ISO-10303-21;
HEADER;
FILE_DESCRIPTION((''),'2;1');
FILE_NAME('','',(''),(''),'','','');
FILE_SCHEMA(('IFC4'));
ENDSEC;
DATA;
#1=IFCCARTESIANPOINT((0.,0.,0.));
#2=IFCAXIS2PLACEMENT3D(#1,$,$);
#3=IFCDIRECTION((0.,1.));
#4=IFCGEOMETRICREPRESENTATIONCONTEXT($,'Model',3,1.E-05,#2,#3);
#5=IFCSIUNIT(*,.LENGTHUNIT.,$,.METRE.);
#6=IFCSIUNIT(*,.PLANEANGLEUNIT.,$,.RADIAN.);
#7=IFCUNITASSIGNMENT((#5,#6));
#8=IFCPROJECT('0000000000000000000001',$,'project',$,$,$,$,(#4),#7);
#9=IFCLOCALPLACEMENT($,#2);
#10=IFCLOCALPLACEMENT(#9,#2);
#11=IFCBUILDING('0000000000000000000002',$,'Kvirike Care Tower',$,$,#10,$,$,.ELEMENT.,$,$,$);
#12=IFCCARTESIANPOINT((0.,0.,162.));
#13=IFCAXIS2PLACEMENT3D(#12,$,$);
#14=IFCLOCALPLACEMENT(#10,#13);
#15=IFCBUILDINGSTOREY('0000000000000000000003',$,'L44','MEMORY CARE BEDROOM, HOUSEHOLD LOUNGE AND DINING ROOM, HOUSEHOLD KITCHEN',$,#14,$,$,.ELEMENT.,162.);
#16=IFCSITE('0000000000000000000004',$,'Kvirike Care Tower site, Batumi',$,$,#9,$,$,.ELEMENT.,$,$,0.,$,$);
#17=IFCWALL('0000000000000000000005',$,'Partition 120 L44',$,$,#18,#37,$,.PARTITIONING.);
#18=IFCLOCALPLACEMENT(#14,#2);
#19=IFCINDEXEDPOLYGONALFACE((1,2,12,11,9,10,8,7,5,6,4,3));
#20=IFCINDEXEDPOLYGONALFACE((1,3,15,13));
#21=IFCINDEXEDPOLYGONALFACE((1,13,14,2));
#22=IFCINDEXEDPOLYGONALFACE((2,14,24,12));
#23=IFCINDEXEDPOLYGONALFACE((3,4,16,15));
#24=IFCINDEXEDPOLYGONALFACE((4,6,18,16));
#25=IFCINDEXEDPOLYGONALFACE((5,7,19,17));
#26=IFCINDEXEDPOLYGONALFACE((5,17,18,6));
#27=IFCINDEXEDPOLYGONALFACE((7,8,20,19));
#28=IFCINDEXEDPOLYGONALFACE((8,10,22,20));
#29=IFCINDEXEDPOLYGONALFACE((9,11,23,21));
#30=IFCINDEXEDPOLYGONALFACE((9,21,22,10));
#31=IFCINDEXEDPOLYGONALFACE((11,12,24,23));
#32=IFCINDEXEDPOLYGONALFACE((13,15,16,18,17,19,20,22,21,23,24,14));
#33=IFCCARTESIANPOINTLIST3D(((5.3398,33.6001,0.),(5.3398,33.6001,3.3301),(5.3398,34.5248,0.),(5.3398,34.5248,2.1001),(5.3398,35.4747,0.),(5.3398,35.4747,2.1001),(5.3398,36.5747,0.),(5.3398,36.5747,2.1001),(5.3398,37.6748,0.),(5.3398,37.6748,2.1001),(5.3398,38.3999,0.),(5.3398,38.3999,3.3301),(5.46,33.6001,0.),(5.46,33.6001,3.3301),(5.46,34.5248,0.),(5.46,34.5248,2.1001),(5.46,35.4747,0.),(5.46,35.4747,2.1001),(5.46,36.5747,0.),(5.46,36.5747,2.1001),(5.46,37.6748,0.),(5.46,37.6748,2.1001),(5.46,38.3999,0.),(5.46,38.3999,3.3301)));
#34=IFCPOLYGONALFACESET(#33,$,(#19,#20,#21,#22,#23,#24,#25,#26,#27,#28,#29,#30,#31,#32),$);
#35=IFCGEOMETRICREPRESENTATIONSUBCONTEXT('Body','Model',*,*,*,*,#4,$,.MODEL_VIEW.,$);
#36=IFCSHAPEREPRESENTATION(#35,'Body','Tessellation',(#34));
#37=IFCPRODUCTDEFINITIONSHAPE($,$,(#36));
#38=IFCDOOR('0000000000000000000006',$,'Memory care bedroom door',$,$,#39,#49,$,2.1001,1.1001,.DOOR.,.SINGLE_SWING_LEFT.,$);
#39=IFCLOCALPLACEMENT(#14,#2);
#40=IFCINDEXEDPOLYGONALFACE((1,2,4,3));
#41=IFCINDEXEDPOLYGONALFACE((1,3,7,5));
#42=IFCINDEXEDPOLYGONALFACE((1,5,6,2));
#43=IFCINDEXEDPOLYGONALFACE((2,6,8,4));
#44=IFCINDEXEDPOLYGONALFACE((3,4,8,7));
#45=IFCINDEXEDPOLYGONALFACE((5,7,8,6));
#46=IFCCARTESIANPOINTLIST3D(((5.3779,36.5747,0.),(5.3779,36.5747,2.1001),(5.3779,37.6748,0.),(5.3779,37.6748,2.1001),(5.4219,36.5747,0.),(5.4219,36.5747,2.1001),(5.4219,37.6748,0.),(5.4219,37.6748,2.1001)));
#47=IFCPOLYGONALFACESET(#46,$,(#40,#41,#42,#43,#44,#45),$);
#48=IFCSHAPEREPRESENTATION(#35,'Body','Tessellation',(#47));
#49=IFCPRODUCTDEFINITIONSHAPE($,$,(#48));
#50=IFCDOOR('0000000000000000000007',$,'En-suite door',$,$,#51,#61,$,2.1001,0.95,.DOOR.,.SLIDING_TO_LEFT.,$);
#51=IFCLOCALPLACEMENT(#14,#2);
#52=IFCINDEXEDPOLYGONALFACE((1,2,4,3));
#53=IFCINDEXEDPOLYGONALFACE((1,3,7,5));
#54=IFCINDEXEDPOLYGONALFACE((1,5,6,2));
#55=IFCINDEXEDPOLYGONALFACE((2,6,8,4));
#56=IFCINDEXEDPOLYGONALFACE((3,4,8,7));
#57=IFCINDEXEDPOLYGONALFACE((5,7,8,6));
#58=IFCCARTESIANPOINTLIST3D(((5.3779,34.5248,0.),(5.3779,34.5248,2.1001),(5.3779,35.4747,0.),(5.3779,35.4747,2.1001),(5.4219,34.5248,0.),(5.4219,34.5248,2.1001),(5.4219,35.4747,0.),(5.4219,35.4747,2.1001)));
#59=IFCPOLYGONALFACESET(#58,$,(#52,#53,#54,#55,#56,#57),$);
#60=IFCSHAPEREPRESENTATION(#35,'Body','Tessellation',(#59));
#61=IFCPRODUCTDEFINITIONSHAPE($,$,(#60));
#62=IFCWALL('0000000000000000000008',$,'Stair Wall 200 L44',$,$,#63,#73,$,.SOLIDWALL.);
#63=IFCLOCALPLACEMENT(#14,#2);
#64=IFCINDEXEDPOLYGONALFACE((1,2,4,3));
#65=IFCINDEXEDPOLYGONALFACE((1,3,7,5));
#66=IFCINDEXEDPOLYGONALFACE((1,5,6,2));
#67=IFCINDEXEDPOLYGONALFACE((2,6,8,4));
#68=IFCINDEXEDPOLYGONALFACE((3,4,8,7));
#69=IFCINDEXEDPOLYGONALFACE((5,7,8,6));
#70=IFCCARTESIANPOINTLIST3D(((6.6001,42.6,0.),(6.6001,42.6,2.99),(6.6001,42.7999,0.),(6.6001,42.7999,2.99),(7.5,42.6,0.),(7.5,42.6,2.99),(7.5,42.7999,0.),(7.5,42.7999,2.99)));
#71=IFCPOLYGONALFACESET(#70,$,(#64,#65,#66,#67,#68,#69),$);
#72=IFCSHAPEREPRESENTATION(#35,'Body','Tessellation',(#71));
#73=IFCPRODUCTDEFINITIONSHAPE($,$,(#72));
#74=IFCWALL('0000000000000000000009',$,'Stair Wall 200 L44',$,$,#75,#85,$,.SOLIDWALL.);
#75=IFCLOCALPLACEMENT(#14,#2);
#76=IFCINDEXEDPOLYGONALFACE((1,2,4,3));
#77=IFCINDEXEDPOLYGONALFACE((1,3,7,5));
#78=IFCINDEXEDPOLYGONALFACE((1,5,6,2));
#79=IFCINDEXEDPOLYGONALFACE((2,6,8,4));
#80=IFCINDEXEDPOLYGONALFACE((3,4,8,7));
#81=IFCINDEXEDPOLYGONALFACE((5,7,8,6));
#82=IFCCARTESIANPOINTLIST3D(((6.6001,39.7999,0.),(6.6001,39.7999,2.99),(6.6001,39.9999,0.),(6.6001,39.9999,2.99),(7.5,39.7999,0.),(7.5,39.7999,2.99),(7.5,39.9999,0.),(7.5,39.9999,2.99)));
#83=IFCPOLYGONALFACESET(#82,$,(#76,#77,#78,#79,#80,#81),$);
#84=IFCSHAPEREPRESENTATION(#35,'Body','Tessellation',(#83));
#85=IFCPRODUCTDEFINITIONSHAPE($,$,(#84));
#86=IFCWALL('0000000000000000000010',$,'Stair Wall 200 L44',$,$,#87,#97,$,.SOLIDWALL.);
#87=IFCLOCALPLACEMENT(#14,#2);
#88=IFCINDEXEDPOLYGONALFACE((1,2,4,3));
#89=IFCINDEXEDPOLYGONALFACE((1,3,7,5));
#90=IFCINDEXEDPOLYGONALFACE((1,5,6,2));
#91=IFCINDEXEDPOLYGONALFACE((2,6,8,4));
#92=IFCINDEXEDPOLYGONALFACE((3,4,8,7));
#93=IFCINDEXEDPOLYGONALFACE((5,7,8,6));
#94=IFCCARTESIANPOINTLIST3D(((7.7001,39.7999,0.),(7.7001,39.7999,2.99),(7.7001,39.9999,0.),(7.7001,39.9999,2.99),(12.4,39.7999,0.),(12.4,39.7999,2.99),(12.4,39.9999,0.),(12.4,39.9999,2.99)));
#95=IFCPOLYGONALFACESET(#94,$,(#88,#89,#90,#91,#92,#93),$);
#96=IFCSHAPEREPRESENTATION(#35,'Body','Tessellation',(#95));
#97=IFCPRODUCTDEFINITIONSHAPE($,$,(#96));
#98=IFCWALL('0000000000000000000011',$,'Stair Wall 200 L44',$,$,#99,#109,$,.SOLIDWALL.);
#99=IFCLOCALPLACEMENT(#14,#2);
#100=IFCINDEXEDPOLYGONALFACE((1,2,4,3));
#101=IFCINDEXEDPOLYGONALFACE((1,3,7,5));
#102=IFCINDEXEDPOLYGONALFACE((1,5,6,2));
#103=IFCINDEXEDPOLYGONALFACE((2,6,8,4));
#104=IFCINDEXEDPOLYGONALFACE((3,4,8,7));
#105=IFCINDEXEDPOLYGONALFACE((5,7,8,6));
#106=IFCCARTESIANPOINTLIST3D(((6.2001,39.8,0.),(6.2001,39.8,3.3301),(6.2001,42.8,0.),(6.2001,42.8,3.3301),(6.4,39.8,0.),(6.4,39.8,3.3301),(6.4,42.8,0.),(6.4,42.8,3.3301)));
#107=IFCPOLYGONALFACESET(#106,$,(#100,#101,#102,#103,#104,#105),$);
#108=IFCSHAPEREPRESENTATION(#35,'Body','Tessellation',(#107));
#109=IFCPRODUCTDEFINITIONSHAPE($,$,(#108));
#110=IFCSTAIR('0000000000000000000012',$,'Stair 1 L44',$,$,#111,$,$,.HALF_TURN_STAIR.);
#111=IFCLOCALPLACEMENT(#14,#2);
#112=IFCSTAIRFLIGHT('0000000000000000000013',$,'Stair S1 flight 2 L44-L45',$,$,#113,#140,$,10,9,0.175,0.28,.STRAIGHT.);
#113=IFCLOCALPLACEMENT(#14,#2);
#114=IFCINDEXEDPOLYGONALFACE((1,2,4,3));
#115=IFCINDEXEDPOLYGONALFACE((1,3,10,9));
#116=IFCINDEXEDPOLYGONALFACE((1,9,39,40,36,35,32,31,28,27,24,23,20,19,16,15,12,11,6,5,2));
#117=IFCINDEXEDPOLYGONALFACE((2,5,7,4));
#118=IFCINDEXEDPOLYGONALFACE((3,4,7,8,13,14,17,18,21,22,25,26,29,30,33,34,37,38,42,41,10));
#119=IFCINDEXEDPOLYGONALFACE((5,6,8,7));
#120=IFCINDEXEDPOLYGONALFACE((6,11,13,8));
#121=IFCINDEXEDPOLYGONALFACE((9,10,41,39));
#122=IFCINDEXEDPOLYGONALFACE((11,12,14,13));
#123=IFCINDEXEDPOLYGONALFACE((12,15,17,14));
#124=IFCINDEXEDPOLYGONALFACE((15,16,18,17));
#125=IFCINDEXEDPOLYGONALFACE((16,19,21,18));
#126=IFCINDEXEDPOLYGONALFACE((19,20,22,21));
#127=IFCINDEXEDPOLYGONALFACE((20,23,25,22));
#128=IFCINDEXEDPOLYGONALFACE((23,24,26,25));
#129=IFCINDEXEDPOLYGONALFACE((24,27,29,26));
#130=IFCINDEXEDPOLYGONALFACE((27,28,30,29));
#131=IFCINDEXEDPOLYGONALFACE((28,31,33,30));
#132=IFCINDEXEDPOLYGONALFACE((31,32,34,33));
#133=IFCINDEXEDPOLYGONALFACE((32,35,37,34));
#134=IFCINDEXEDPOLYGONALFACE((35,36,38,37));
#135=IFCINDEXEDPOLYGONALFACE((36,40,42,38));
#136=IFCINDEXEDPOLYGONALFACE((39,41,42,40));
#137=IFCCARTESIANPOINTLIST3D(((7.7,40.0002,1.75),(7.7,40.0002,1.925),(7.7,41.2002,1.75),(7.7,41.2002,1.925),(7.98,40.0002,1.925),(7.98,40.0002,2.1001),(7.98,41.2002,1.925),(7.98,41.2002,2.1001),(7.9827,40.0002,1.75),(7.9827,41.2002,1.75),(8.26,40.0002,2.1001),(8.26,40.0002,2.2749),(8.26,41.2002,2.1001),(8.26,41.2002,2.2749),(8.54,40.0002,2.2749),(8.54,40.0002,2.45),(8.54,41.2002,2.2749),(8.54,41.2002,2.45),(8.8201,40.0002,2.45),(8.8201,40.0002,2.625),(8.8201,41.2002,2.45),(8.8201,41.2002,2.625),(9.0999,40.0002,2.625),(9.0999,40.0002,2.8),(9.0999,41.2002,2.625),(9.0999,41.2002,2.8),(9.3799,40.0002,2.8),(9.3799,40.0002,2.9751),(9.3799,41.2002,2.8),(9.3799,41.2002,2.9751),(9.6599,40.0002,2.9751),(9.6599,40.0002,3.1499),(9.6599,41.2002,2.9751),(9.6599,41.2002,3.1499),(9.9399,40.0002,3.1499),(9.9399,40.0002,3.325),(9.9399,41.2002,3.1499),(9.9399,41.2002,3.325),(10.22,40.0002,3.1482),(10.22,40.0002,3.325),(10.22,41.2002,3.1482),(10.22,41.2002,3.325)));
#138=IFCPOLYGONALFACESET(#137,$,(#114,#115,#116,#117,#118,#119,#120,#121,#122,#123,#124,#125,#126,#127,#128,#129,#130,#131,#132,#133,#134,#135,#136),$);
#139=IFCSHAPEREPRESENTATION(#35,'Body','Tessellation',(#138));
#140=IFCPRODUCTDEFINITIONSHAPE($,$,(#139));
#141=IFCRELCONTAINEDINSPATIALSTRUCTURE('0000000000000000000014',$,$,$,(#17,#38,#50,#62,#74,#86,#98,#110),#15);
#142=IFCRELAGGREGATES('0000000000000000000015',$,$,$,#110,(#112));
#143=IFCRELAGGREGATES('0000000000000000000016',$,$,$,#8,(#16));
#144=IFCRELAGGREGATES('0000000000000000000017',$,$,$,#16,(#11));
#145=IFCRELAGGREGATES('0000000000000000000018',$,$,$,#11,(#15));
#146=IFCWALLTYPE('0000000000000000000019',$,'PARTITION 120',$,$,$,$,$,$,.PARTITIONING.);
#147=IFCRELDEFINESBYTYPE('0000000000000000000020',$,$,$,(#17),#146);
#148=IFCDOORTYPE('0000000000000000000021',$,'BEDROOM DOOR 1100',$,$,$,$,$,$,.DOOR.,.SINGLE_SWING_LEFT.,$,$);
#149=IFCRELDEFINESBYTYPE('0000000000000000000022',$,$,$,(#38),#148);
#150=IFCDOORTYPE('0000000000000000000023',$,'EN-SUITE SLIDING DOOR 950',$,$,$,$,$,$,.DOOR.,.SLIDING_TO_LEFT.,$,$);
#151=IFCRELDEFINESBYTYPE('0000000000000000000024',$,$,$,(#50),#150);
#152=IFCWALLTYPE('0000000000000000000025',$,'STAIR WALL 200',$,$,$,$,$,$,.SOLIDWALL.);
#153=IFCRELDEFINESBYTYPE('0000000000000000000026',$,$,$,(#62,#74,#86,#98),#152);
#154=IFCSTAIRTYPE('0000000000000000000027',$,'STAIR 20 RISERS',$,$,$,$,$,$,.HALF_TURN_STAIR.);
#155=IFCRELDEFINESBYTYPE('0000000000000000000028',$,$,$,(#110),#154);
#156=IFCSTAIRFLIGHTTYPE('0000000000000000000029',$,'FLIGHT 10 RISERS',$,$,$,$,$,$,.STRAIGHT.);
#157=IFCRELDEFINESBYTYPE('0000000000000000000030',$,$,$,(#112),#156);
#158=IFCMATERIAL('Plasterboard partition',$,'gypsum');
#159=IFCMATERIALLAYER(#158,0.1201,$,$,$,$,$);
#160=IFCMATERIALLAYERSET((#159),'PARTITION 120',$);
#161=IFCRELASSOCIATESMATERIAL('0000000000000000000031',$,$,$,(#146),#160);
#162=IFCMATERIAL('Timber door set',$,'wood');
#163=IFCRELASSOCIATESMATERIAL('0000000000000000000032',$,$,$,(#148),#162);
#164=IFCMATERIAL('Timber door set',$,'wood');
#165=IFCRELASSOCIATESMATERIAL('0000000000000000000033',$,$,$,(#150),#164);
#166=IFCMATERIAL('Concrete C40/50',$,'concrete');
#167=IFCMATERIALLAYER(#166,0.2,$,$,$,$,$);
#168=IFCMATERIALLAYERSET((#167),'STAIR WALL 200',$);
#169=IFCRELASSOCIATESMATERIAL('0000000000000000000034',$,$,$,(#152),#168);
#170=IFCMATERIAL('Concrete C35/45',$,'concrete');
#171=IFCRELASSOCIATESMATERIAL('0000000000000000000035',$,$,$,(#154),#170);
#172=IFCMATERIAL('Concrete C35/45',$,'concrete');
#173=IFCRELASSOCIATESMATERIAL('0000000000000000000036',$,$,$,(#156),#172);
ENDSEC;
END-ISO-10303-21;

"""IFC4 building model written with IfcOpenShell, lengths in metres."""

from ifc_helpers import new_model, si_unit, direction, frame, frame_2d, origin, place, context, subcontext, project, spatial, polyline, rectangle, outline, extrude, material, layer, layer_set, type_object, element, fill, aggregate, save


model = new_model("IFC4")

# Units and contexts
model_context = context("Model", 3, precision=1e-05, world=origin(), true_north=direction((0.0, 1.0)))
body_context = subcontext(model_context, "Body", "Model", "MODEL_VIEW")
ifc_project = project(units=[si_unit("LENGTHUNIT", "METRE"), si_unit("PLANEANGLEUNIT", "RADIAN")], contexts=[model_context])

# Site, building, storey
site_placement = place(None, origin())
site = spatial("IfcSite", under=ifc_project, at=site_placement, Name="Kvirike Care Tower site, Batumi", CompositionType="ELEMENT", RefElevation=0.0)
building_placement = place(site_placement, origin())
building = spatial("IfcBuilding", under=site, at=building_placement, Name="Kvirike Care Tower", CompositionType="ELEMENT")
storey_placement = place(building_placement, frame((0.0, 0.0, 162.0)))
storey = spatial("IfcBuildingStorey", under=building, at=storey_placement, Name="L44", Description="MEMORY CARE BEDROOM, HOUSEHOLD LOUNGE AND DINING ROOM, HOUSEHOLD KITCHEN", CompositionType="ELEMENT", Elevation=162.0)

# Wall, openings, doors
ifc_material_1 = material(Name="Plasterboard partition", Category="gypsum")
ifc_layer_1 = layer(ifc_material_1, 0.1201)
ifc_layer_set_1 = layer_set([ifc_layer_1], Name="PARTITION 120")
wall_type_1 = type_object("IfcWallType", Name="PARTITION 120", PredefinedType="PARTITIONING", material=ifc_layer_set_1)
wall_1_placement = place(storey_placement, frame((5.3999, 38.3999, 0.0), z_axis=(0.0, 0.0, 1.0), x_axis=(0.0, -1.0, 0.0)))
wall_1 = element("IfcWall", 1, at=wall_1_placement, inside=storey, type_object=wall_type_1, Name="Partition 120 L44", PredefinedType="PARTITIONING", context=body_context, shape_type="SweptSolid", body=[
    extrude(rectangle(XDim=4.7998, YDim=0.1201, at=frame_2d((2.3999, 0.0))), origin(), (0.0, 0.0, 1.0), 3.3301),
])
opening_1_placement = place(wall_1_placement, frame((0.7251, 0.0, 0.0)))
opening_1 = element("IfcOpeningElement", 2, at=opening_1_placement, cuts=wall_1, PredefinedType="OPENING", context=body_context, shape_type="SweptSolid", body=[
    extrude(rectangle(XDim=1.1001, YDim=2.1001, at=frame_2d((0.55, 1.05))), frame((0.0, 0.0706, 0.0), z_axis=(0.0, -1.0, 0.0), x_axis=(1.0, 0.0, 0.0)), (0.0, 0.0, 1.0), 0.1411),
])
opening_2_placement = place(wall_1_placement, frame((2.925, 0.0, 0.0)))
opening_2 = element("IfcOpeningElement", 3, at=opening_2_placement, cuts=wall_1, PredefinedType="OPENING", context=body_context, shape_type="SweptSolid", body=[
    extrude(rectangle(XDim=0.95, YDim=2.1001, at=frame_2d((0.4751, 1.05))), frame((0.0, 0.0706, 0.0), z_axis=(0.0, -1.0, 0.0), x_axis=(1.0, 0.0, 0.0)), (0.0, 0.0, 1.0), 0.1411),
])
ifc_material_2 = material(Name="Timber door set", Category="wood")
door_type_1 = type_object("IfcDoorType", Name="BEDROOM DOOR 1100", OperationType="SINGLE_SWING_LEFT", PredefinedType="DOOR", material=ifc_material_2)
door_1_placement = place(opening_1_placement, origin())
door_1 = element("IfcDoor", 4, at=door_1_placement, inside=storey, type_object=door_type_1, Name="Memory care bedroom door", OperationType="SINGLE_SWING_LEFT", OverallHeight=2.1001, OverallWidth=1.1001, PredefinedType="DOOR", context=body_context, shape_type="SweptSolid", body=[
    extrude(rectangle(XDim=1.1001, YDim=2.1001, at=frame_2d((0.55, 1.05))), frame((0.0, 0.022, 0.0), z_axis=(0.0, -1.0, 0.0), x_axis=(1.0, 0.0, 0.0)), (0.0, 0.0, 1.0), 0.0439),
])
fill(opening_1, door_1)
ifc_material_3 = material(Name="Timber door set", Category="wood")
door_type_2 = type_object("IfcDoorType", Name="EN-SUITE SLIDING DOOR 950", OperationType="SLIDING_TO_LEFT", PredefinedType="DOOR", material=ifc_material_3)
door_2_placement = place(opening_2_placement, origin())
door_2 = element("IfcDoor", 5, at=door_2_placement, inside=storey, type_object=door_type_2, Name="En-suite door", OperationType="SLIDING_TO_LEFT", OverallHeight=2.1001, OverallWidth=0.95, PredefinedType="DOOR", context=body_context, shape_type="SweptSolid", body=[
    extrude(rectangle(XDim=0.95, YDim=2.1001, at=frame_2d((0.4751, 1.05))), frame((0.0, 0.022, 0.0), z_axis=(0.0, -1.0, 0.0), x_axis=(1.0, 0.0, 0.0)), (0.0, 0.0, 1.0), 0.0439),
])
fill(opening_2, door_2)

# Walls
ifc_material_4 = material(Name="Concrete C40/50", Category="concrete")
ifc_layer_2 = layer(ifc_material_4, 0.2)
ifc_layer_set_2 = layer_set([ifc_layer_2], Name="STAIR WALL 200")
wall_type_2 = type_object("IfcWallType", Name="STAIR WALL 200", PredefinedType="SOLIDWALL", material=ifc_layer_set_2)
for number, where, z_axis, x_axis, name in (
    (6, (6.6001, 42.7, 0.0), (0.0, 0.0, 1.0), (1.0, 0.0, 0.0), "Stair Wall 200 L44"),
    (7, (6.6001, 39.8999, 0.0), (0.0, 0.0, 1.0), (1.0, 0.0, 0.0), "Stair Wall 200 L44"),
):
    element("IfcWall", number, at=place(storey_placement, frame(where, z_axis=z_axis, x_axis=x_axis)), inside=storey, type_object=wall_type_2, Name=name, PredefinedType="SOLIDWALL", context=body_context, shape_type="SweptSolid", body=[
        extrude(rectangle(XDim=0.8999, YDim=0.2, at=frame_2d((0.45, 0.0))), origin(), (0.0, 0.0, 1.0), 2.99),
    ])
wall_2_placement = place(storey_placement, frame((7.7, 39.8999, 0.0), z_axis=(0.0, 0.0, 1.0), x_axis=(1.0, 0.0, 0.0)))
element("IfcWall", 8, at=wall_2_placement, inside=storey, type_object=wall_type_2, Name="Stair Wall 200 L44", PredefinedType="SOLIDWALL", context=body_context, shape_type="SweptSolid", body=[
    extrude(rectangle(XDim=4.7, YDim=0.2, at=frame_2d((2.3501, 0.0))), origin(), (0.0, 0.0, 1.0), 2.99),
])
wall_3_placement = place(storey_placement, frame((6.3, 42.8, 0.0), z_axis=(0.0, 0.0, 1.0), x_axis=(0.0, -1.0, 0.0)))
element("IfcWall", 9, at=wall_3_placement, inside=storey, type_object=wall_type_2, Name="Stair Wall 200 L44", PredefinedType="SOLIDWALL", context=body_context, shape_type="SweptSolid", body=[
    extrude(rectangle(XDim=3.0, YDim=0.2, at=frame_2d((1.5, 0.0))), origin(), (0.0, 0.0, 1.0), 3.3301),
])

# Stair, stair flight
ifc_material_5 = material(Name="Concrete C35/45", Category="concrete")
stair_type = type_object("IfcStairType", Name="STAIR 20 RISERS", PredefinedType="HALF_TURN_STAIR", material=ifc_material_5)
stair_placement = place(storey_placement, origin())
stair = element("IfcStair", 10, at=stair_placement, inside=storey, type_object=stair_type, Name="Stair 1 L44", PredefinedType="HALF_TURN_STAIR")
ifc_material_6 = material(Name="Concrete C35/45", Category="concrete")
stair_flight_type = type_object("IfcStairFlightType", Name="FLIGHT 10 RISERS", PredefinedType="STRAIGHT", material=ifc_material_6)
stair_flight_placement = place(storey_placement, frame((7.7, 40.6001, 1.75), z_axis=(0.0, 0.0, 1.0), x_axis=(1.0, 0.0, 0.0)))
stair_flight = element("IfcStairFlight", 11, at=stair_flight_placement, type_object=stair_flight_type, Name="Stair S1 flight 2 L44-L45", NumberOfRisers=10, NumberOfTreads=9, PredefinedType="STRAIGHT", RiserHeight=0.175, TreadLength=0.28, context=body_context, shape_type="SweptSolid", body=[
    extrude(outline(polyline([(0.0, 0.0), (0.0, 0.175), (0.28, 0.175), (0.28, 0.3501), (0.5601, 0.3501), (0.5601, 0.5249), (0.8401, 0.5249), (0.8401, 0.7), (1.1201, 0.7), (1.1201, 0.875), (1.3999, 0.875), (1.3999, 1.05), (1.6799, 1.05), (1.6799, 1.2251), (1.96, 1.2251), (1.96, 1.3999), (2.24, 1.3999), (2.24, 1.575), (2.52, 1.575), (2.52, 1.75), (2.52, 1.3982), (0.2827, 0.0), (0.0, 0.0)])), frame((0.0, 0.6001, 0.0), z_axis=(0.0, -1.0, 0.0), x_axis=(1.0, 0.0, 0.0)), (0.0, 0.0, 1.0), 1.2),
])
aggregate(stair, [stair_flight])

save(model, "model.ifc")
